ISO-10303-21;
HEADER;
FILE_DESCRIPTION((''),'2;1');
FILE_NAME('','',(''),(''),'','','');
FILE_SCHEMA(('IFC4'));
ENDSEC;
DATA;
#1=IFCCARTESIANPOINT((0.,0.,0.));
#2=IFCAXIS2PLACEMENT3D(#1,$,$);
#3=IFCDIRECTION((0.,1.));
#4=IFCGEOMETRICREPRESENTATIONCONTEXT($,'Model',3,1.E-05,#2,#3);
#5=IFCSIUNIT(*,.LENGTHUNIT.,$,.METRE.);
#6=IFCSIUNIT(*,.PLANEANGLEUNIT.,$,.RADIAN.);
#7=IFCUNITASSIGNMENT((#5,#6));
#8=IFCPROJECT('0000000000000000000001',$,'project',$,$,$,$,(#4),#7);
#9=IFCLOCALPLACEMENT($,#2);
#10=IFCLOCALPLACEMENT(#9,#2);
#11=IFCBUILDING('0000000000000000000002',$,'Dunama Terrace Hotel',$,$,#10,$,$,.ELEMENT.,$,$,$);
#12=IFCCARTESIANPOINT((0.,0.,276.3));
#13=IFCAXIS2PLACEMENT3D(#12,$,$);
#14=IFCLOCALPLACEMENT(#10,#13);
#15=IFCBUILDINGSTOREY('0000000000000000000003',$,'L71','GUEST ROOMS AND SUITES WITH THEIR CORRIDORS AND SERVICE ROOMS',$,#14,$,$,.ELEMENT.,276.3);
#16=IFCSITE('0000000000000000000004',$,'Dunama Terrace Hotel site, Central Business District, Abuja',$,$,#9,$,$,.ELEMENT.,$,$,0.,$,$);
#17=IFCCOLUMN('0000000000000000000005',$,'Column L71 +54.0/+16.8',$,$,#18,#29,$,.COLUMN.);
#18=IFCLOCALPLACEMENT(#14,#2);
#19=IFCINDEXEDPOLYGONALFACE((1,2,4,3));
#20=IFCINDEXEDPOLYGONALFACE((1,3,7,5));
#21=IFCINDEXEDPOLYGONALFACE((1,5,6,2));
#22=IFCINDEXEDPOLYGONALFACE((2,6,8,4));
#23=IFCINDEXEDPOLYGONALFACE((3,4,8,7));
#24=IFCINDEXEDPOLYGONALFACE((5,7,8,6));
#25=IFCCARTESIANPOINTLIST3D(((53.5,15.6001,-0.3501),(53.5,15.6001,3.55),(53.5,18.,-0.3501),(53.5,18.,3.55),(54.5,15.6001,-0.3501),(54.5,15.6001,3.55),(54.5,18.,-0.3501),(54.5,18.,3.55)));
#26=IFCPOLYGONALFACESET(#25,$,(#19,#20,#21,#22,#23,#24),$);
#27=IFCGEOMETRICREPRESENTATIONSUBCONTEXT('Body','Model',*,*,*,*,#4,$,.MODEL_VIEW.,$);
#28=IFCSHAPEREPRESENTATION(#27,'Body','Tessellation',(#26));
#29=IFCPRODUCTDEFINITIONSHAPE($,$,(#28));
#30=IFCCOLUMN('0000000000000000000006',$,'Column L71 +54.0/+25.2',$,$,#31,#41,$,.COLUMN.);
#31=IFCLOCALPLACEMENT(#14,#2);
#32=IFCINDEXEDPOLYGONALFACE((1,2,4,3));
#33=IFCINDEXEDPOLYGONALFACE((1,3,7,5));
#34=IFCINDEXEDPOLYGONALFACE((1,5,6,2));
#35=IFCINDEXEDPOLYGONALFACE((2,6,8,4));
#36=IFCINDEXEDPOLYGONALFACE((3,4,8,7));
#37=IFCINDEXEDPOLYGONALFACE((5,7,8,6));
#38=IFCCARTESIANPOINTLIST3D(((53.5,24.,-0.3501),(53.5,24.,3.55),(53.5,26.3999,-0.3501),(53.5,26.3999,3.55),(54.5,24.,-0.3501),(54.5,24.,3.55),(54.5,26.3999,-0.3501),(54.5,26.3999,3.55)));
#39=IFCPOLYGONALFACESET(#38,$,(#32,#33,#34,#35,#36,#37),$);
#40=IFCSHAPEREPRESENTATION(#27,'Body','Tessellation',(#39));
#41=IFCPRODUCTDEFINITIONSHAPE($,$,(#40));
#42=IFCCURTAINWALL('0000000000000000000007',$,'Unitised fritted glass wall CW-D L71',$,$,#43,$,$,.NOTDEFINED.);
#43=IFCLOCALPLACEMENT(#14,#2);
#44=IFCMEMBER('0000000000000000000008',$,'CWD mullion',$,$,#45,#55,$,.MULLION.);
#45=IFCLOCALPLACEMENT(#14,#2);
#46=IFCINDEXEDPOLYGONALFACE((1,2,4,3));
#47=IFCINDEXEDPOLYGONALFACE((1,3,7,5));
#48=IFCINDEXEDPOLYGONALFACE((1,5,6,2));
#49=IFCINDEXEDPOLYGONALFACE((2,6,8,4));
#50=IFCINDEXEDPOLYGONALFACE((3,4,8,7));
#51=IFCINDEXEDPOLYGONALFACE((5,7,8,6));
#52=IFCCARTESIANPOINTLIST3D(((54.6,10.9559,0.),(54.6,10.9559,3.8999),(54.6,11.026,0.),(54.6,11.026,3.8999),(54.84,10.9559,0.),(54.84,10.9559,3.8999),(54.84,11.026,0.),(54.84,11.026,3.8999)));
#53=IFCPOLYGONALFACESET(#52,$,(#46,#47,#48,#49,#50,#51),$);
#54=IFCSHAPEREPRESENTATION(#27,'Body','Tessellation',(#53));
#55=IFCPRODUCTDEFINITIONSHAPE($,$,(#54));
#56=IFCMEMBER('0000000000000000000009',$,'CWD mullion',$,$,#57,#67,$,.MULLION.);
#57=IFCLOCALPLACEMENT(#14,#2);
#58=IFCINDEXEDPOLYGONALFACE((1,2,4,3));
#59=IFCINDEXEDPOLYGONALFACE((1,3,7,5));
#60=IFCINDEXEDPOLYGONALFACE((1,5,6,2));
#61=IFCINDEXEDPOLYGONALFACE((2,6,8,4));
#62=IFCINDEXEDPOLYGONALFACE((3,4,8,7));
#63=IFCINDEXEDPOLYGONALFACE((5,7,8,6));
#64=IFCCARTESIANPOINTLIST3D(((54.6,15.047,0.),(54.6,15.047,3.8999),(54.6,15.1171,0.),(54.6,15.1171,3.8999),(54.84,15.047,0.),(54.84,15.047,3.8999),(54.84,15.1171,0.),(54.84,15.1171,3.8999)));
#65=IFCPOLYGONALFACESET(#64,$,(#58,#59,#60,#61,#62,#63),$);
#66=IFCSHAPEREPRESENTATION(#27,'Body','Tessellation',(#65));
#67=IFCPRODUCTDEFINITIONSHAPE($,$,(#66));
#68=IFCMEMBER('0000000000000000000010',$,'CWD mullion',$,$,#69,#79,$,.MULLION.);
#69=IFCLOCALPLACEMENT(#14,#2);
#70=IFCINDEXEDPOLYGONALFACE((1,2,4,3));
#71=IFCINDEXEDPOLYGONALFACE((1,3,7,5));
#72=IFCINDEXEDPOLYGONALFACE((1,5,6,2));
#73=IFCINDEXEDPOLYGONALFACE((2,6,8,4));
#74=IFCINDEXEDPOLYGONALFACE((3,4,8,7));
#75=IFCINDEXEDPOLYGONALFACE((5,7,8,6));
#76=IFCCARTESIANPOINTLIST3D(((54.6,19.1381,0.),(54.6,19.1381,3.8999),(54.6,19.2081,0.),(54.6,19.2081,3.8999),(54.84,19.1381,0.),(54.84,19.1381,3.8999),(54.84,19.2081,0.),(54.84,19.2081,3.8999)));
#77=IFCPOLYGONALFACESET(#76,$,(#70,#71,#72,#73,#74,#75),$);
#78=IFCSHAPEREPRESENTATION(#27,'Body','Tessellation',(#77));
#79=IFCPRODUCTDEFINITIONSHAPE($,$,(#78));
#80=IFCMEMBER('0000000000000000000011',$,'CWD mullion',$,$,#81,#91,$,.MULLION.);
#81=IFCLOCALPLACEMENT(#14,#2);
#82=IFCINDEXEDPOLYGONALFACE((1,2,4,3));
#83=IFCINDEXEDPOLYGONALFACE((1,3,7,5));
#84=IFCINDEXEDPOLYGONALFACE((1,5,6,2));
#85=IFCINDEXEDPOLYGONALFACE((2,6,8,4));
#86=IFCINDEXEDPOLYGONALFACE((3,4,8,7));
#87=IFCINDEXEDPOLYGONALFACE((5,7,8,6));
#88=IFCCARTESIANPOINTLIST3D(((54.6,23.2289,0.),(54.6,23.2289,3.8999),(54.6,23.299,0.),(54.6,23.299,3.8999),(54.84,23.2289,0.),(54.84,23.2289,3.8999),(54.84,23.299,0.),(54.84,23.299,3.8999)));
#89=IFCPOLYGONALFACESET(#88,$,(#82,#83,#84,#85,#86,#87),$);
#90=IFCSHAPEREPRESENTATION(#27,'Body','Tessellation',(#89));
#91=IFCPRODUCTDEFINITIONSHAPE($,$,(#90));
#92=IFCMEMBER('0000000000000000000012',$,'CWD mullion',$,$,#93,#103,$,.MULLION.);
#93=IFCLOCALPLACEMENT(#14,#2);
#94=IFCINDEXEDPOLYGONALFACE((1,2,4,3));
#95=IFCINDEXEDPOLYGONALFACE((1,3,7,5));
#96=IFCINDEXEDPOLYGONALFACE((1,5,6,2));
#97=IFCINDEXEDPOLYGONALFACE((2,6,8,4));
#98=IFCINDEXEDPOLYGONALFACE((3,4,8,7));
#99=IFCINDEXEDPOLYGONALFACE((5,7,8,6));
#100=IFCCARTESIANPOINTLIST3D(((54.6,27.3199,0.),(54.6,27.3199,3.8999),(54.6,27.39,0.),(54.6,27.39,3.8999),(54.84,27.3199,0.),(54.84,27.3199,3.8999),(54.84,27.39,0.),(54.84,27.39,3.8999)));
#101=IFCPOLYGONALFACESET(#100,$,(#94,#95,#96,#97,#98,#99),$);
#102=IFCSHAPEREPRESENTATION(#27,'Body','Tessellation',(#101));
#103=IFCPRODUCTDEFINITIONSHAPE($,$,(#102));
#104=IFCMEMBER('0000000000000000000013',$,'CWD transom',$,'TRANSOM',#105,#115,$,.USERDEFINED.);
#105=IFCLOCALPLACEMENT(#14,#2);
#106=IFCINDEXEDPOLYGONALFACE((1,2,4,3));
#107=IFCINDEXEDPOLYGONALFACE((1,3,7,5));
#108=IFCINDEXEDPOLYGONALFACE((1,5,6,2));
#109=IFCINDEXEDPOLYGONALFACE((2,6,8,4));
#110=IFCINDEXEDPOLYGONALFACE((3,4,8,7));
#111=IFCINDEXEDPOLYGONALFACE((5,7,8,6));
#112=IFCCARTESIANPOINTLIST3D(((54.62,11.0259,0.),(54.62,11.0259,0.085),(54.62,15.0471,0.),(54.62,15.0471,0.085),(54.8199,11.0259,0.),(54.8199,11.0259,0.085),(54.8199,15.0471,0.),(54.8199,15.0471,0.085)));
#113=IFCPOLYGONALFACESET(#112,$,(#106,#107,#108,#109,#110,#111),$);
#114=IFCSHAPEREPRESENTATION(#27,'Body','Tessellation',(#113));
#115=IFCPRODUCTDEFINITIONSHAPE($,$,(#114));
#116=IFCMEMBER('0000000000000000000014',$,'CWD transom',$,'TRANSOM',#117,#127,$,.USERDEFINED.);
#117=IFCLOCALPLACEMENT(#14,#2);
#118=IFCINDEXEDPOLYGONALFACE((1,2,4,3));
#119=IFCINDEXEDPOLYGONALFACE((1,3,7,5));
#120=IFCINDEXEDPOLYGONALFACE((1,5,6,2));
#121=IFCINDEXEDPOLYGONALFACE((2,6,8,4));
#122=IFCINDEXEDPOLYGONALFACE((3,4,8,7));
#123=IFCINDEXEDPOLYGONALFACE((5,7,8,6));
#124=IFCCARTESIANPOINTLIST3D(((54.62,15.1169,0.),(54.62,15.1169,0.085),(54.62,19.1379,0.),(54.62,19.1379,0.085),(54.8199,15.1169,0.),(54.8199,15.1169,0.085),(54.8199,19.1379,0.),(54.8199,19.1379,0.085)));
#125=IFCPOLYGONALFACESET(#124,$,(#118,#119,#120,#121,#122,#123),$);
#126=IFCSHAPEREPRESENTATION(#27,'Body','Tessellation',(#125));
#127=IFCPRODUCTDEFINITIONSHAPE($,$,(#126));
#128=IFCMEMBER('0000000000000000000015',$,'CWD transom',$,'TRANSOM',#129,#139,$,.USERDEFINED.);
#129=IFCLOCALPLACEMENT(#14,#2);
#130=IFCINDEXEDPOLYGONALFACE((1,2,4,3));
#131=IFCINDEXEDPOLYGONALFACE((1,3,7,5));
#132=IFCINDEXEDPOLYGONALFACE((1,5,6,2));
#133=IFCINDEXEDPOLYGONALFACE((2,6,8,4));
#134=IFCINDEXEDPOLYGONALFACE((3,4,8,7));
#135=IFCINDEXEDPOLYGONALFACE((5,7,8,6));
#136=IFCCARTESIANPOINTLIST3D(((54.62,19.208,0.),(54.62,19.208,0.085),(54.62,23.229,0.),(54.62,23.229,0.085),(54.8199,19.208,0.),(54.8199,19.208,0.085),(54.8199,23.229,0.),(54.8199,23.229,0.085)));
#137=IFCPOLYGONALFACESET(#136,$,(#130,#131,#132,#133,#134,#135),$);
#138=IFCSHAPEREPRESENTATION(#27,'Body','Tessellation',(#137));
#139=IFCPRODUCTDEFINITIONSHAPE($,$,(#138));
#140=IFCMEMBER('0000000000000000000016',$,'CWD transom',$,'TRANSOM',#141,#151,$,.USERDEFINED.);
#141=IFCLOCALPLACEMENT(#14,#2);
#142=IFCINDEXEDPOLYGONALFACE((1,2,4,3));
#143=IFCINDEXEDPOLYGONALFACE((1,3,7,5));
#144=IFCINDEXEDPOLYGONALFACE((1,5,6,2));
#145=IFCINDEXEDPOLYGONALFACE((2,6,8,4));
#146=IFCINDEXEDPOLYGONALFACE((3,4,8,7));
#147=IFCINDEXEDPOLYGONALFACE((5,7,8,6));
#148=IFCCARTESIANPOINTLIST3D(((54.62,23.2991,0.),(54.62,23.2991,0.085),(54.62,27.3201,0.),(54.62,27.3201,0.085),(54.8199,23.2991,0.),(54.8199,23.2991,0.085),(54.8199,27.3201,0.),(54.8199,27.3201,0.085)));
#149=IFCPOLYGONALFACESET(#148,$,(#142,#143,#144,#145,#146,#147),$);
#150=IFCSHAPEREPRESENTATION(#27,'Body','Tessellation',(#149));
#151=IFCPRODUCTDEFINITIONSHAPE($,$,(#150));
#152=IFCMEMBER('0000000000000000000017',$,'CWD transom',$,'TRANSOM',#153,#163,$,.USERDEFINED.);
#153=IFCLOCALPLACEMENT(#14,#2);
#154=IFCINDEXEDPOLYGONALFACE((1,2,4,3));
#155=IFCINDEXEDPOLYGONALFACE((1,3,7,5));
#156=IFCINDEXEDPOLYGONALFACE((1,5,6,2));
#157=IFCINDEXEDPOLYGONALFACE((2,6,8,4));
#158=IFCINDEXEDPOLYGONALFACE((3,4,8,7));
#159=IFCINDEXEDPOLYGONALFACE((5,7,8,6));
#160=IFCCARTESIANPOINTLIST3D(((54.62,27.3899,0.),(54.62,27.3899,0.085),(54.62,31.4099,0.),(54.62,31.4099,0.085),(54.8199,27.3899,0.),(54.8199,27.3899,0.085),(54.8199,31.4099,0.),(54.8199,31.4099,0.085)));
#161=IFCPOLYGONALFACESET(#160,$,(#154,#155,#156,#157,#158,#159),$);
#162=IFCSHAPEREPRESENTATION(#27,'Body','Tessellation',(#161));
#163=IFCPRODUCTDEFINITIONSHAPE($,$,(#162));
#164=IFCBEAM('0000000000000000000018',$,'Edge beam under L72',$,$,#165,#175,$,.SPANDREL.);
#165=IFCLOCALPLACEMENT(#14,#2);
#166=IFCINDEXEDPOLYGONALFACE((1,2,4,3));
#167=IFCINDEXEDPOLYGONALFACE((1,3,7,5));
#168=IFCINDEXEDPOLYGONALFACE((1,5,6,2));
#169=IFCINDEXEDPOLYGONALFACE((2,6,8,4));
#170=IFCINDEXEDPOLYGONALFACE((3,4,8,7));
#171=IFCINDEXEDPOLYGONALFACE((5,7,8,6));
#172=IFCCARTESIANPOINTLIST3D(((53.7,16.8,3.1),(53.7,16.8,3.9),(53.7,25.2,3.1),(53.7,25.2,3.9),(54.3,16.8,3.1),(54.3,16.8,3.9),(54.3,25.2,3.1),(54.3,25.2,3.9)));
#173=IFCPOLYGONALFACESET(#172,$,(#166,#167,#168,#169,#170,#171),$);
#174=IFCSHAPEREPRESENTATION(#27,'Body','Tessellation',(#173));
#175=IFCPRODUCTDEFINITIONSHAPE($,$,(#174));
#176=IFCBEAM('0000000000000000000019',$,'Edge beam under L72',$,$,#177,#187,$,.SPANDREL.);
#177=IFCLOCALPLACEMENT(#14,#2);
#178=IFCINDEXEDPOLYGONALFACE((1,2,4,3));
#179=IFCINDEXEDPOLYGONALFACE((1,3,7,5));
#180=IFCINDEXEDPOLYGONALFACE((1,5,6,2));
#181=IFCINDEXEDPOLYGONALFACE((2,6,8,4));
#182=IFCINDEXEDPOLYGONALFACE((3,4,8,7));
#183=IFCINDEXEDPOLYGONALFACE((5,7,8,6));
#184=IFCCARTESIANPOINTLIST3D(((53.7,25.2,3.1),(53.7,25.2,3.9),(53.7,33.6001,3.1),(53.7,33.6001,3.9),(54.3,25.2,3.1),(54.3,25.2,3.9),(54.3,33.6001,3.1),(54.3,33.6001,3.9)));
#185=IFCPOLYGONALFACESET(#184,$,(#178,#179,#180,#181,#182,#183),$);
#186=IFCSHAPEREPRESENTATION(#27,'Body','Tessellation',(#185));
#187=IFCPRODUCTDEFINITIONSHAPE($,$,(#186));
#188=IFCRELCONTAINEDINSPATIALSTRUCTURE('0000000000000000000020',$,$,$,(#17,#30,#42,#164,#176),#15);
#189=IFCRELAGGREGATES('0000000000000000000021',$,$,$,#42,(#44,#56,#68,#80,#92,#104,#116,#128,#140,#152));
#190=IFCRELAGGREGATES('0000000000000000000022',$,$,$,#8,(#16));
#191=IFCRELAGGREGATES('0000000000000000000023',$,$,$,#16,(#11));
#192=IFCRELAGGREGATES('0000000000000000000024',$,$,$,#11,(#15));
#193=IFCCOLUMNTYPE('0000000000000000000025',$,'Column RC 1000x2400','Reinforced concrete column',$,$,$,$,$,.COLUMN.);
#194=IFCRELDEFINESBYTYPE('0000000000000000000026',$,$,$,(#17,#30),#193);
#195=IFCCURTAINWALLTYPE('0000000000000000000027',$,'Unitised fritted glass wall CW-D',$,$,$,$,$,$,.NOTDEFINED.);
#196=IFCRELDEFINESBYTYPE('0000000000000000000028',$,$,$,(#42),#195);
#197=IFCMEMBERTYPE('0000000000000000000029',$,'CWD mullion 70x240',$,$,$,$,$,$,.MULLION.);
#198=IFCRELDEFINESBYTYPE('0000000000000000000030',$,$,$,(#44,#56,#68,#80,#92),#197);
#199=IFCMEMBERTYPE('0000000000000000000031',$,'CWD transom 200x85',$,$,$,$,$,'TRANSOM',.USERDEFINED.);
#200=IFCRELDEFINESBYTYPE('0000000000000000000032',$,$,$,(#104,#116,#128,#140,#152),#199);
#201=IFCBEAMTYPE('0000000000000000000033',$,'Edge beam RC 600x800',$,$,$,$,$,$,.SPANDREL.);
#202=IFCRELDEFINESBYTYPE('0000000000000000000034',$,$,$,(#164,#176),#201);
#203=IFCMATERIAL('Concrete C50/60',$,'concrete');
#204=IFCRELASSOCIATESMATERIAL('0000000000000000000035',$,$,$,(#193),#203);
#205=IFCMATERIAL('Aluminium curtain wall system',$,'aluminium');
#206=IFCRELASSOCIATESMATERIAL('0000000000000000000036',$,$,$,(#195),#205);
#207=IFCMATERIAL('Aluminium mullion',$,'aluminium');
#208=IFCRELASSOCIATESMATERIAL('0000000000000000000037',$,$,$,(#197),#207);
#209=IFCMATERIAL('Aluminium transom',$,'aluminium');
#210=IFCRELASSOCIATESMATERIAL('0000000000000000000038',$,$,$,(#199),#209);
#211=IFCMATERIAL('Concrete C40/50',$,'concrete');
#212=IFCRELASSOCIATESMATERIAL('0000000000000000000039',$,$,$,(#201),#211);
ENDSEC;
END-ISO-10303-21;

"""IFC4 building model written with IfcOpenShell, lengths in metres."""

from ifc_helpers import new_model, si_unit, direction, frame, origin, origin_2d, place, context, subcontext, project, spatial, rectangle, extrude, material, material_profile, profile_set, type_object, element, aggregate, save


model = new_model("IFC4")

# Units and contexts
model_context = context("Model", 3, precision=1e-05, world=origin(), true_north=direction((0.0, 1.0)))
body_context = subcontext(model_context, "Body", "Model", "MODEL_VIEW")
ifc_project = project(units=[si_unit("LENGTHUNIT", "METRE"), si_unit("PLANEANGLEUNIT", "RADIAN")], contexts=[model_context])

# Site, building, storey
site_placement = place(None, origin())
site = spatial("IfcSite", under=ifc_project, at=site_placement, Name="Dunama Terrace Hotel site, Central Business District, Abuja", CompositionType="ELEMENT", RefElevation=0.0)
building_placement = place(site_placement, origin())
building = spatial("IfcBuilding", under=site, at=building_placement, Name="Dunama Terrace Hotel", CompositionType="ELEMENT")
storey_placement = place(building_placement, frame((0.0, 0.0, 276.3)))
storey = spatial("IfcBuildingStorey", under=building, at=storey_placement, Name="L71", Description="GUEST ROOMS AND SUITES WITH THEIR CORRIDORS AND SERVICE ROOMS", CompositionType="ELEMENT", Elevation=276.3)

# Columns
ifc_material_1 = material(Name="Concrete C50/60", Category="concrete")
ifc_material_profile_1 = material_profile(ifc_material_1, rectangle(XDim=1.0, YDim=2.3999, at=origin_2d()), Name="RC 1000x2400")
ifc_profile_set_1 = profile_set([ifc_material_profile_1], Name="Concrete C50/60")
column_type = type_object("IfcColumnType", Name="Column RC 1000x2400", Description="Reinforced concrete column", PredefinedType="COLUMN", material=ifc_profile_set_1)
for number, where, z_axis, x_axis, name in (
    (1, (54.0, 16.8, -0.3501), (0.0, 0.0, 1.0), (1.0, 0.0, 0.0), "Column L71 +54.0/+16.8"),
    (2, (54.0, 25.2, -0.3501), (0.0, 0.0, 1.0), (1.0, 0.0, 0.0), "Column L71 +54.0/+25.2"),
):
    element("IfcColumn", number, at=place(storey_placement, frame(where, z_axis=z_axis, x_axis=x_axis)), inside=storey, type_object=column_type, Name=name, PredefinedType="COLUMN", context=body_context, shape_type="SweptSolid", body=[
        extrude(rectangle(XDim=1.0, YDim=2.3999, at=origin_2d()), origin(), (0.0, 0.0, 1.0), 3.9001),
    ])

# Curtain wall, members
ifc_material_2 = material(Name="Aluminium curtain wall system", Category="aluminium")
curtain_wall_type = type_object("IfcCurtainWallType", Name="Unitised fritted glass wall CW-D", PredefinedType="NOTDEFINED", material=ifc_material_2)
curtain_wall_placement = place(storey_placement, origin())
curtain_wall = element("IfcCurtainWall", 3, at=curtain_wall_placement, inside=storey, type_object=curtain_wall_type, Name="Unitised fritted glass wall CW-D L71", PredefinedType="NOTDEFINED")
ifc_material_3 = material(Name="Aluminium mullion", Category="aluminium")
ifc_material_profile_2 = material_profile(ifc_material_3, rectangle(XDim=0.0701, YDim=0.24, at=origin_2d()), Name="CWD MULLION 70X240")
ifc_profile_set_2 = profile_set([ifc_material_profile_2], Name="Aluminium mullion")
member_type_1 = type_object("IfcMemberType", Name="CWD mullion 70x240", PredefinedType="MULLION", material=ifc_profile_set_2)
member_1_placement = place(storey_placement, frame((54.72, 10.991, 0.0), z_axis=(0.0, 0.0, 1.0), x_axis=(0.0, 1.0, 0.0)))
member_1 = element("IfcMember", 4, at=member_1_placement, type_object=member_type_1, Name="CWD mullion", PredefinedType="MULLION", context=body_context, shape_type="SweptSolid", body=[
    extrude(rectangle(XDim=0.0701, YDim=0.24, at=origin_2d()), origin(), (0.0, 0.0, 1.0), 3.8999),
])
member_2_placement = place(storey_placement, frame((54.72, 15.082, 0.0), z_axis=(0.0, 0.0, 1.0), x_axis=(0.0, 1.0, 0.0)))
member_2 = element("IfcMember", 5, at=member_2_placement, type_object=member_type_1, Name="CWD mullion", PredefinedType="MULLION", context=body_context, shape_type="SweptSolid", body=[
    extrude(rectangle(XDim=0.0701, YDim=0.24, at=origin_2d()), origin(), (0.0, 0.0, 1.0), 3.8999),
])
member_3_placement = place(storey_placement, frame((54.72, 19.1731, 0.0), z_axis=(0.0, 0.0, 1.0), x_axis=(0.0, 1.0, 0.0)))
member_3 = element("IfcMember", 6, at=member_3_placement, type_object=member_type_1, Name="CWD mullion", PredefinedType="MULLION", context=body_context, shape_type="SweptSolid", body=[
    extrude(rectangle(XDim=0.0701, YDim=0.24, at=origin_2d()), origin(), (0.0, 0.0, 1.0), 3.8999),
])
member_4_placement = place(storey_placement, frame((54.72, 23.2639, 0.0), z_axis=(0.0, 0.0, 1.0), x_axis=(0.0, 1.0, 0.0)))
member_4 = element("IfcMember", 7, at=member_4_placement, type_object=member_type_1, Name="CWD mullion", PredefinedType="MULLION", context=body_context, shape_type="SweptSolid", body=[
    extrude(rectangle(XDim=0.0701, YDim=0.24, at=origin_2d()), origin(), (0.0, 0.0, 1.0), 3.8999),
])
member_5_placement = place(storey_placement, frame((54.72, 27.355, 0.0), z_axis=(0.0, 0.0, 1.0), x_axis=(0.0, 1.0, 0.0)))
member_5 = element("IfcMember", 8, at=member_5_placement, type_object=member_type_1, Name="CWD mullion", PredefinedType="MULLION", context=body_context, shape_type="SweptSolid", body=[
    extrude(rectangle(XDim=0.0701, YDim=0.24, at=origin_2d()), origin(), (0.0, 0.0, 1.0), 3.8999),
])
ifc_material_4 = material(Name="Aluminium transom", Category="aluminium")
ifc_material_profile_3 = material_profile(ifc_material_4, rectangle(XDim=0.2, YDim=0.085, at=origin_2d()), Name="CWD TRANSOM 200X85")
ifc_profile_set_3 = profile_set([ifc_material_profile_3], Name="Aluminium transom")
member_type_2 = type_object("IfcMemberType", Name="CWD transom 200x85", ElementType="TRANSOM", PredefinedType="USERDEFINED", material=ifc_profile_set_3)
member_6_placement = place(storey_placement, frame((54.72, 11.0259, 0.0425), z_axis=(0.0, 1.0, 0.0), x_axis=(-1.0, 0.0, 0.0)))
member_6 = element("IfcMember", 9, at=member_6_placement, type_object=member_type_2, Name="CWD transom", ObjectType="TRANSOM", PredefinedType="USERDEFINED", context=body_context, shape_type="SweptSolid", body=[
    extrude(rectangle(XDim=0.2, YDim=0.085, at=origin_2d()), origin(), (0.0, 0.0, 1.0), 4.0212),
])
member_7_placement = place(storey_placement, frame((54.72, 15.1169, 0.0425), z_axis=(0.0, 1.0, 0.0), x_axis=(-1.0, 0.0, 0.0)))
member_7 = element("IfcMember", 10, at=member_7_placement, type_object=member_type_2, Name="CWD transom", ObjectType="TRANSOM", PredefinedType="USERDEFINED", context=body_context, shape_type="SweptSolid", body=[
    extrude(rectangle(XDim=0.2, YDim=0.085, at=origin_2d()), origin(), (0.0, 0.0, 1.0), 4.021),
])
member_8_placement = place(storey_placement, frame((54.72, 19.208, 0.0425), z_axis=(0.0, 1.0, 0.0), x_axis=(-1.0, 0.0, 0.0)))
member_8 = element("IfcMember", 11, at=member_8_placement, type_object=member_type_2, Name="CWD transom", ObjectType="TRANSOM", PredefinedType="USERDEFINED", context=body_context, shape_type="SweptSolid", body=[
    extrude(rectangle(XDim=0.2, YDim=0.085, at=origin_2d()), origin(), (0.0, 0.0, 1.0), 4.021),
])
member_9_placement = place(storey_placement, frame((54.72, 23.2991, 0.0425), z_axis=(0.0, 1.0, 0.0), x_axis=(-1.0, 0.0, 0.0)))
member_9 = element("IfcMember", 12, at=member_9_placement, type_object=member_type_2, Name="CWD transom", ObjectType="TRANSOM", PredefinedType="USERDEFINED", context=body_context, shape_type="SweptSolid", body=[
    extrude(rectangle(XDim=0.2, YDim=0.085, at=origin_2d()), origin(), (0.0, 0.0, 1.0), 4.021),
])
member_10_placement = place(storey_placement, frame((54.72, 27.3899, 0.0425), z_axis=(0.0, 1.0, 0.0), x_axis=(-1.0, 0.0, 0.0)))
member_10 = element("IfcMember", 13, at=member_10_placement, type_object=member_type_2, Name="CWD transom", ObjectType="TRANSOM", PredefinedType="USERDEFINED", context=body_context, shape_type="SweptSolid", body=[
    extrude(rectangle(XDim=0.2, YDim=0.085, at=origin_2d()), origin(), (0.0, 0.0, 1.0), 4.02),
])

# Beams
ifc_material_5 = material(Name="Concrete C40/50", Category="concrete")
ifc_material_profile_4 = material_profile(ifc_material_5, rectangle(XDim=0.6001, YDim=0.8, at=origin_2d()), Name="RC 600x800")
ifc_profile_set_4 = profile_set([ifc_material_profile_4], Name="Concrete C40/50")
beam_type = type_object("IfcBeamType", Name="Edge beam RC 600x800", PredefinedType="SPANDREL", material=ifc_profile_set_4)
beam_1_placement = place(storey_placement, frame((54.0, 16.8, 3.5), z_axis=(0.0, 1.0, 0.0), x_axis=(-1.0, 0.0, 0.0)))
element("IfcBeam", 14, at=beam_1_placement, inside=storey, type_object=beam_type, Name="Edge beam under L72", PredefinedType="SPANDREL", context=body_context, shape_type="SweptSolid", body=[
    extrude(rectangle(XDim=0.6001, YDim=0.8, at=origin_2d()), origin(), (0.0, 0.0, 1.0), 8.3999),
])
beam_2_placement = place(storey_placement, frame((54.0, 25.2, 3.5), z_axis=(0.0, 1.0, 0.0), x_axis=(-1.0, 0.0, 0.0)))
element("IfcBeam", 15, at=beam_2_placement, inside=storey, type_object=beam_type, Name="Edge beam under L72", PredefinedType="SPANDREL", context=body_context, shape_type="SweptSolid", body=[
    extrude(rectangle(XDim=0.6001, YDim=0.8, at=origin_2d()), origin(), (0.0, 0.0, 1.0), 8.4001),
])

aggregate(curtain_wall, [member_1, member_2, member_3, member_4, member_5, member_6, member_7, member_8, member_9, member_10])

save(model, "model.ifc")
